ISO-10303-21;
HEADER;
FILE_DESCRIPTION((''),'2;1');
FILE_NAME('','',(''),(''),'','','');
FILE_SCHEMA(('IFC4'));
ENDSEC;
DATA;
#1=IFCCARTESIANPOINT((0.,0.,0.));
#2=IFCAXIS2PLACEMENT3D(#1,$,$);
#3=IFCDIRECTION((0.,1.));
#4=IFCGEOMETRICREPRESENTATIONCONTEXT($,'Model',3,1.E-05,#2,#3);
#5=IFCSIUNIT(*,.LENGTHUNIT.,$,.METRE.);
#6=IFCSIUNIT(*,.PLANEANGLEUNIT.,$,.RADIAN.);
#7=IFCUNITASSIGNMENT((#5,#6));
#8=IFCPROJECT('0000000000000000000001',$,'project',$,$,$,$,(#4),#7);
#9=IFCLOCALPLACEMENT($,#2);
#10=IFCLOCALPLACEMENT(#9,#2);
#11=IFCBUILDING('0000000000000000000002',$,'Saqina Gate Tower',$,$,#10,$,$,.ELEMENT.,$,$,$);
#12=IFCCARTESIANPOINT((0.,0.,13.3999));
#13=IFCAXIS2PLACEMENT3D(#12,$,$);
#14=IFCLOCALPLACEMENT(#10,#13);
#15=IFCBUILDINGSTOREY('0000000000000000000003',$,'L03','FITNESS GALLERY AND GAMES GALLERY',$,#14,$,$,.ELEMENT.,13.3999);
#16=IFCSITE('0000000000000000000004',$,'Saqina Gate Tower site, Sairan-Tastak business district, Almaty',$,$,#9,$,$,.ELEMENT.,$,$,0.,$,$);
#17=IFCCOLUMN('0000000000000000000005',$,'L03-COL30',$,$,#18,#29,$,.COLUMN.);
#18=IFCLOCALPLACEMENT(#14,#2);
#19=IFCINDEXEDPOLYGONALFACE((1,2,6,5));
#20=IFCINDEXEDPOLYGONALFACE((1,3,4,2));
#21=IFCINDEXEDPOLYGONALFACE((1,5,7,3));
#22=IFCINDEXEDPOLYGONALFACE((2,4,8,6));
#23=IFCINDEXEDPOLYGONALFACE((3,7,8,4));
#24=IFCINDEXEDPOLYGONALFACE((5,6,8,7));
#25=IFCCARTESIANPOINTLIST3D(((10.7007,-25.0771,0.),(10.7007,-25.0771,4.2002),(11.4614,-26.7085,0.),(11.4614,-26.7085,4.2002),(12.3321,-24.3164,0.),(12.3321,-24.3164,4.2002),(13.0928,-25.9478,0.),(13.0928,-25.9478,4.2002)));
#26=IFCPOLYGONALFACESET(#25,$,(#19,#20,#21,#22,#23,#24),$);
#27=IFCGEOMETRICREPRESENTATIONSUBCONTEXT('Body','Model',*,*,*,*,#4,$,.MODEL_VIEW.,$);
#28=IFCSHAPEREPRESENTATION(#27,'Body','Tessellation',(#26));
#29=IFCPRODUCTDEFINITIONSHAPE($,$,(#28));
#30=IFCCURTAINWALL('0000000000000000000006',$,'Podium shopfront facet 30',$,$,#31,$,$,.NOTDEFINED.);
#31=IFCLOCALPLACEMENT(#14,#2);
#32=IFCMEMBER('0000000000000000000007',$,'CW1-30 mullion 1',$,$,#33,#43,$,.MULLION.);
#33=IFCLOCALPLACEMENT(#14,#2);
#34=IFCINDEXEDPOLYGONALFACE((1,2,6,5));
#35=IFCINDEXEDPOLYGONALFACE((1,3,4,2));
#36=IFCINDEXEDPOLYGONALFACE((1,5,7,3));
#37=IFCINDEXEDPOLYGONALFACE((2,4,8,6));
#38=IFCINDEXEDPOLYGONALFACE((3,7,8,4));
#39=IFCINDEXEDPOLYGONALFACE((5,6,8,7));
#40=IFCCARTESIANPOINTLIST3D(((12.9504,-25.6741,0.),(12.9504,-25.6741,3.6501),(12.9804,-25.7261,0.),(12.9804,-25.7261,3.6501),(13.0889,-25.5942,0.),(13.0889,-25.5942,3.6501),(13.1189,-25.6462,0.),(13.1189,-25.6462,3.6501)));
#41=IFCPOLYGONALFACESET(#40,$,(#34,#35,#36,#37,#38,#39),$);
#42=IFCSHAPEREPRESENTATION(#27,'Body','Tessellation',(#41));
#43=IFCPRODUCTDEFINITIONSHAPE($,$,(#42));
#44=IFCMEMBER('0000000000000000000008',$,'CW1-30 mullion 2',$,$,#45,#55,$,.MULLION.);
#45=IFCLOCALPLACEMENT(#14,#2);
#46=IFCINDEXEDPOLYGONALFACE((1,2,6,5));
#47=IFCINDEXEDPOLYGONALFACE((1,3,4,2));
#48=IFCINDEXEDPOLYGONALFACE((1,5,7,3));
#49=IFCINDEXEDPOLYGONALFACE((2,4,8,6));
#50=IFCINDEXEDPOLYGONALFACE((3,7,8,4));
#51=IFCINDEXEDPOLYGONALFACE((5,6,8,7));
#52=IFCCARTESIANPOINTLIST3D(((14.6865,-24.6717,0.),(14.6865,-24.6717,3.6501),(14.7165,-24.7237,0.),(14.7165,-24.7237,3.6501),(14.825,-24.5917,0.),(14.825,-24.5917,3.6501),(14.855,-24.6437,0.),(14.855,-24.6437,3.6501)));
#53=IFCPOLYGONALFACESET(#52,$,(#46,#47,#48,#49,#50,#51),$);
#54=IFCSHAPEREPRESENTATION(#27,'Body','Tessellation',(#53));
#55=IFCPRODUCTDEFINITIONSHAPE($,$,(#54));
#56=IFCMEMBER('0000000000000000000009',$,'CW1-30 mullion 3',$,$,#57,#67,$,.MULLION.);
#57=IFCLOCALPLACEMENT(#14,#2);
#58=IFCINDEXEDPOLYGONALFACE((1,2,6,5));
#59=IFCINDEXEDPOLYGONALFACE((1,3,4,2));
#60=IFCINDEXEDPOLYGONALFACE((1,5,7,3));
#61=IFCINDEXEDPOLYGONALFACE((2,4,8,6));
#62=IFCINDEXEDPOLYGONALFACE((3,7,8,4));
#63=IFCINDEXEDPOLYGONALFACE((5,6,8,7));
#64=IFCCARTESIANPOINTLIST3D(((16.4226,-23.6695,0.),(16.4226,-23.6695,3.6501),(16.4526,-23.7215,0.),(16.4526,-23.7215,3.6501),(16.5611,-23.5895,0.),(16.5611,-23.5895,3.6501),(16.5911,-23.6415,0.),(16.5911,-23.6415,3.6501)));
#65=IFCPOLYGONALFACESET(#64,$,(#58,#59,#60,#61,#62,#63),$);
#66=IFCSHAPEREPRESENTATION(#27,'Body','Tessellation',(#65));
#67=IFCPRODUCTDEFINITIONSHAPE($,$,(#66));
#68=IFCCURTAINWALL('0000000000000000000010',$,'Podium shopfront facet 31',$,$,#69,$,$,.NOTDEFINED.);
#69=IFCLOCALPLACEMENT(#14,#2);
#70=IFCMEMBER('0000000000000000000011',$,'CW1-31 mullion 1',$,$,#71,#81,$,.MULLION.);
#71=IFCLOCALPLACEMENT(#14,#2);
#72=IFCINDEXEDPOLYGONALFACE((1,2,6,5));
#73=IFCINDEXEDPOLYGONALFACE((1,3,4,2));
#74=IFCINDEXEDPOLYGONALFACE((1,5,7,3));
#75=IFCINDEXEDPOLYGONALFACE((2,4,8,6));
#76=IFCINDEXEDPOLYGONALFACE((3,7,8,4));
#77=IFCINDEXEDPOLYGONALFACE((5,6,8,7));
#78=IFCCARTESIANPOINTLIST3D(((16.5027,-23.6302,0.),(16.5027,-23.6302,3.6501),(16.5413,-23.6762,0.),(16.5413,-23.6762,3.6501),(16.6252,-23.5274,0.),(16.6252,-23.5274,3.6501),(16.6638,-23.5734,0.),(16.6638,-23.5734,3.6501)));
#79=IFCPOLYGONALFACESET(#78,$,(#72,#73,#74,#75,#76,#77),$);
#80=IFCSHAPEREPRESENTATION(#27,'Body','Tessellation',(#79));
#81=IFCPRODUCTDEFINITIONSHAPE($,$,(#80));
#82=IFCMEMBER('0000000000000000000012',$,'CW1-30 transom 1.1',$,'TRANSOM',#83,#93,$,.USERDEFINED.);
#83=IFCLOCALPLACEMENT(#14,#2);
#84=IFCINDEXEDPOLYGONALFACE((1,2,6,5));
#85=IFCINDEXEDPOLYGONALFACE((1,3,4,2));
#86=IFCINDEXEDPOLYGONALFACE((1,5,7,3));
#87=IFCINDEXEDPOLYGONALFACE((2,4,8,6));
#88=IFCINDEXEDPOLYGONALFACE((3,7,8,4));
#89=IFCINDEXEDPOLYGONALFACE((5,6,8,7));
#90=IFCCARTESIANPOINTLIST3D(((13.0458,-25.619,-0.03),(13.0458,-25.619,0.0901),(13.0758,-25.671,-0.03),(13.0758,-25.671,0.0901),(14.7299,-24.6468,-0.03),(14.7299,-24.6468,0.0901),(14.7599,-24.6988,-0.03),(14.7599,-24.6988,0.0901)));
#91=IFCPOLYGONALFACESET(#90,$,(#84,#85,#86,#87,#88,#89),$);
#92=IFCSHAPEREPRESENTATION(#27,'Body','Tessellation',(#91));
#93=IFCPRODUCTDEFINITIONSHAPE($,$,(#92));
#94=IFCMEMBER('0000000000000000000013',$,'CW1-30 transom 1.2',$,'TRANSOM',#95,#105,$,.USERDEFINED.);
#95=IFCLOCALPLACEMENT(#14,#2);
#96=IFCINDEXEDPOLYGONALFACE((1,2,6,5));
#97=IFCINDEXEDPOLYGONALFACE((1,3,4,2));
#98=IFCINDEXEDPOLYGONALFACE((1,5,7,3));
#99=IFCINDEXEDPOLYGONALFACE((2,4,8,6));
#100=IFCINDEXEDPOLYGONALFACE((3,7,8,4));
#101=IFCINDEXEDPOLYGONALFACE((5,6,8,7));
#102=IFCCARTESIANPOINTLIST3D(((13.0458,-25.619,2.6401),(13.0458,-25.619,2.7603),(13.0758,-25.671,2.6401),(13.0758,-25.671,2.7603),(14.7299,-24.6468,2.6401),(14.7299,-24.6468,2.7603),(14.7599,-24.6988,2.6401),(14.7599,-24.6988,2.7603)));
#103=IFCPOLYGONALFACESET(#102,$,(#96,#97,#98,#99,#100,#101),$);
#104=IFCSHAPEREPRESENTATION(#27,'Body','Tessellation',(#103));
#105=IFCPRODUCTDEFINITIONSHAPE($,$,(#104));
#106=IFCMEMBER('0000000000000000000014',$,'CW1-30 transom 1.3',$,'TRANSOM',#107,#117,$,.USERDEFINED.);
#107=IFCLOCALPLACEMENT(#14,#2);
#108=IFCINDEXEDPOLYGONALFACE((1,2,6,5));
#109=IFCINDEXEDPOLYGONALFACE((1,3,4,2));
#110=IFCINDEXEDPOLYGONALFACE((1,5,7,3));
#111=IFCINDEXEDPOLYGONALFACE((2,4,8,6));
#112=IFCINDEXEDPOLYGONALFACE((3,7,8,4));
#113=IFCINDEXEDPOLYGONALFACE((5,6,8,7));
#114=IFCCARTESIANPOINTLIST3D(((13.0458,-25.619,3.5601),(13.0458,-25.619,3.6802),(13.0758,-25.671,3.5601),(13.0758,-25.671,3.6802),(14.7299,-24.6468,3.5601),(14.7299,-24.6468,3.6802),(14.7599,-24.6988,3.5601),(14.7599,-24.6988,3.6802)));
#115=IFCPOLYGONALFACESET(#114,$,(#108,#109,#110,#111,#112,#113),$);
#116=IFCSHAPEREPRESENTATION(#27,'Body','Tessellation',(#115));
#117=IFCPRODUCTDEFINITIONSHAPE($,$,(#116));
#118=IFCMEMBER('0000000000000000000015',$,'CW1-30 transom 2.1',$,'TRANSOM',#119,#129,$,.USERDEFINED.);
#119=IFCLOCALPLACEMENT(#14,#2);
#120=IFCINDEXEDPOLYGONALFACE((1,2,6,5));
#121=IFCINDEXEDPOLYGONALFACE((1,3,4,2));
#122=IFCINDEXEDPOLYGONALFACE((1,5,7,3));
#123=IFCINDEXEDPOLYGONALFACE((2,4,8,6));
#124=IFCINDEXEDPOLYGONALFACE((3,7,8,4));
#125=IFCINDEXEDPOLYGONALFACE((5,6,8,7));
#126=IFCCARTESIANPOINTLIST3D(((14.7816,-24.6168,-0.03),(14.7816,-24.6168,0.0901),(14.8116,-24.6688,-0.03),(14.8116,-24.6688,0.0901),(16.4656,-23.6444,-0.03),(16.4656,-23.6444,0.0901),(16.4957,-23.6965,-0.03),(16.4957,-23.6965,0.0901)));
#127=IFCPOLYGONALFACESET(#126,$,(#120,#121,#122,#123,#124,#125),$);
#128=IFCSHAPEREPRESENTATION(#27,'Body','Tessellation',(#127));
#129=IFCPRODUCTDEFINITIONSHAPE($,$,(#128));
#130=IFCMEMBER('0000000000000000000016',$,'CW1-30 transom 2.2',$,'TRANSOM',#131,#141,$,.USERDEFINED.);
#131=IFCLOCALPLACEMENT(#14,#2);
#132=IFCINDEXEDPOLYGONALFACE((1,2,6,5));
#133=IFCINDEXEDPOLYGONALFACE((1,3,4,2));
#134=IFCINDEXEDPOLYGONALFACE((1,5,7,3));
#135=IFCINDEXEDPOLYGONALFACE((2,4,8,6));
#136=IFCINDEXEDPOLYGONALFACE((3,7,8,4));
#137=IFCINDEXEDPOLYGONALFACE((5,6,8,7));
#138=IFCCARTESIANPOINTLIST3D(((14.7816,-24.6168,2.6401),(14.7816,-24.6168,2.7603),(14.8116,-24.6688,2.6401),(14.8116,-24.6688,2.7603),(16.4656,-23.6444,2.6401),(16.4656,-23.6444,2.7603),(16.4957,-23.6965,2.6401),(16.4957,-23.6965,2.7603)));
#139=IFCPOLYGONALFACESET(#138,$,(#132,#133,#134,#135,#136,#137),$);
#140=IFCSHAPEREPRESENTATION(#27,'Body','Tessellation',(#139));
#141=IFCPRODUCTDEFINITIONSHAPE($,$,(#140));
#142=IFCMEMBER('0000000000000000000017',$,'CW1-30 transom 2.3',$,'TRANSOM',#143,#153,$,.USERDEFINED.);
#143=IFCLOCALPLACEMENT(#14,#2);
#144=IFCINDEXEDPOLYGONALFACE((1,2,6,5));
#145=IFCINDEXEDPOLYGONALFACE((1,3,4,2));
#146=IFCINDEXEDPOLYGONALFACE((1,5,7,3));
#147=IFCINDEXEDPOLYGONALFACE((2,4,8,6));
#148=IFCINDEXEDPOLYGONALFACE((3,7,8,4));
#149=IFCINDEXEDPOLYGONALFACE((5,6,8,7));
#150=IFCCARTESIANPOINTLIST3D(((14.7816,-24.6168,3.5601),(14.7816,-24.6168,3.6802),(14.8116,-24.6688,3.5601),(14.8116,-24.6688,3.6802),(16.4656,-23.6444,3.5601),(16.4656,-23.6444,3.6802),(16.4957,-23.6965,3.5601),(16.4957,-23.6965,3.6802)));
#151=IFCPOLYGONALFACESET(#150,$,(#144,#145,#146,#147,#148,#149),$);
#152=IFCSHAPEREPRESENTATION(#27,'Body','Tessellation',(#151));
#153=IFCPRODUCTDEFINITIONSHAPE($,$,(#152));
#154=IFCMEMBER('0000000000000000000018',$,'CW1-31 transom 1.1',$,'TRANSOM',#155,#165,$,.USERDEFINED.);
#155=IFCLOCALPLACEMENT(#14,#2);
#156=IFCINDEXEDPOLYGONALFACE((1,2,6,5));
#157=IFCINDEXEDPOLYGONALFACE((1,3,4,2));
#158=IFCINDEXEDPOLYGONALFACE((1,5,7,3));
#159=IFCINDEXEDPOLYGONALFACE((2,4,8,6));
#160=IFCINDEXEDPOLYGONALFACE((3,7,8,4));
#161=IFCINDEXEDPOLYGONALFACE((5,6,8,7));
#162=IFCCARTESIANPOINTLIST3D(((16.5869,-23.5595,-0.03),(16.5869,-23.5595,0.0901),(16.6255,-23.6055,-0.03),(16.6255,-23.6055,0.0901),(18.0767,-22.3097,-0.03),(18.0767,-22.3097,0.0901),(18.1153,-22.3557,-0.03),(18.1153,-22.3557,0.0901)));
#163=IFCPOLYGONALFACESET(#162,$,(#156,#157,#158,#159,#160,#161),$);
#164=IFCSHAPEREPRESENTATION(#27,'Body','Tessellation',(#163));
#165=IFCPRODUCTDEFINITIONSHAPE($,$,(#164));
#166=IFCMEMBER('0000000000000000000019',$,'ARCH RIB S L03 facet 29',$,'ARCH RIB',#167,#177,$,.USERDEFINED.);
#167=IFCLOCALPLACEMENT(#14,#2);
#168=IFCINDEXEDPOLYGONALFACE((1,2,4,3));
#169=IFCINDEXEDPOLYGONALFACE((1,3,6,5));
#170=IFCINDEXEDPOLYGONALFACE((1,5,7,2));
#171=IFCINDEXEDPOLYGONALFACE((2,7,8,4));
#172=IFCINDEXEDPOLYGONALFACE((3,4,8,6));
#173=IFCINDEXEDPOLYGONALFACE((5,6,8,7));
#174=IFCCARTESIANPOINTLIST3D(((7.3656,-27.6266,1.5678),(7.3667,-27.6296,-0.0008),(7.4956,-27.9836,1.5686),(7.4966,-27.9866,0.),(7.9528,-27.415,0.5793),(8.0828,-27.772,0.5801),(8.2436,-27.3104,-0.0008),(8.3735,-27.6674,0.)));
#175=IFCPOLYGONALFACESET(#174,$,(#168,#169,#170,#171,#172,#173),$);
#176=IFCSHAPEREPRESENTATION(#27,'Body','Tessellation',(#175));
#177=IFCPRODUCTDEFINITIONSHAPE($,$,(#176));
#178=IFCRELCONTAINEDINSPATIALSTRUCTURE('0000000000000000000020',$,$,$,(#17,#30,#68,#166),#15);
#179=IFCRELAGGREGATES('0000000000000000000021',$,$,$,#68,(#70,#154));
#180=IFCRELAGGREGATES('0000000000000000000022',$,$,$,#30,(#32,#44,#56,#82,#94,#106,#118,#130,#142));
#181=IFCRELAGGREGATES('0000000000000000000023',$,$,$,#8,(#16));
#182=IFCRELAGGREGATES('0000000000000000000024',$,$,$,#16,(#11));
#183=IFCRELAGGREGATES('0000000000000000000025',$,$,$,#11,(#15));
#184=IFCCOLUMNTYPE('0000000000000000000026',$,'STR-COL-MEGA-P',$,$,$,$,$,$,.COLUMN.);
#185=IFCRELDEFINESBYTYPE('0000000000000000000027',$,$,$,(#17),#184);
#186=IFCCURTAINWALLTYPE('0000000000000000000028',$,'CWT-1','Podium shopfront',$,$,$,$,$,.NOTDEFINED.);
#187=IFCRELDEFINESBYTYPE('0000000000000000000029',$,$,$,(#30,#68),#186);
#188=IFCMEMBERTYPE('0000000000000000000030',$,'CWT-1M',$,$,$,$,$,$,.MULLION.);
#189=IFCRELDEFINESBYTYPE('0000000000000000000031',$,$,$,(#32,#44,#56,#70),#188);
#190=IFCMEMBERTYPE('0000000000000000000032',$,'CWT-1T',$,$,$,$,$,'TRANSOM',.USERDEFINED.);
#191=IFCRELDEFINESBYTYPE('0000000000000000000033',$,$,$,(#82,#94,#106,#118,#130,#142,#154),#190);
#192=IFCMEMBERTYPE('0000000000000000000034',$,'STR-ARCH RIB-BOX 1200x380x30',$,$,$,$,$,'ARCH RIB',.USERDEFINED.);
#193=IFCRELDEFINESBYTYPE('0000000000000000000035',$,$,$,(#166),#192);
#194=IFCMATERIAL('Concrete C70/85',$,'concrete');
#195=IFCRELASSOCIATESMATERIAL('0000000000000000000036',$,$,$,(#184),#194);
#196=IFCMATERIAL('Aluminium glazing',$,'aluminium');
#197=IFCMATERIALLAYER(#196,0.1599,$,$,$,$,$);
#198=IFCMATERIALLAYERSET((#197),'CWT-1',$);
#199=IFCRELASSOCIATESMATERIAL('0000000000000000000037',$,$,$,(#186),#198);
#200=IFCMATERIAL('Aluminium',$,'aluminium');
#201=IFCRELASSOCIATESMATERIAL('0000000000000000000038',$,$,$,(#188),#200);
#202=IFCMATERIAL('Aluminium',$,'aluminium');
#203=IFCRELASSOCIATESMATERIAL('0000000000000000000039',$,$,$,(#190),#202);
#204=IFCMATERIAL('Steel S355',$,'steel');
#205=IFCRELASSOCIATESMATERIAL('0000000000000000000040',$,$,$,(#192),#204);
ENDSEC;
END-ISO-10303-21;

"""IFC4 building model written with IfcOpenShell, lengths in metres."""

from ifc_helpers import new_model, si_unit, direction, frame, origin, origin_2d, place, context, subcontext, project, spatial, polyline, rectangle, hollow_rectangle, outline, extrude, material, layer, layer_set, material_profile, profile_set, type_object, element, aggregate, save


model = new_model("IFC4")

# Units and contexts
model_context = context("Model", 3, precision=1e-05, world=origin(), true_north=direction((0.0, 1.0)))
body_context = subcontext(model_context, "Body", "Model", "MODEL_VIEW")
ifc_project = project(units=[si_unit("LENGTHUNIT", "METRE"), si_unit("PLANEANGLEUNIT", "RADIAN")], contexts=[model_context])

# Site, building, storey
site_placement = place(None, origin())
site = spatial("IfcSite", under=ifc_project, at=site_placement, Name="Saqina Gate Tower site, Sairan-Tastak business district, Almaty", CompositionType="ELEMENT", RefElevation=0.0)
building_placement = place(site_placement, origin())
building = spatial("IfcBuilding", under=site, at=building_placement, Name="Saqina Gate Tower", CompositionType="ELEMENT")
storey_placement = place(building_placement, frame((0.0, 0.0, 13.3999)))
storey = spatial("IfcBuildingStorey", under=building, at=storey_placement, Name="L03", Description="FITNESS GALLERY AND GAMES GALLERY", CompositionType="ELEMENT", Elevation=13.3999)

# Column
ifc_material_1 = material(Name="Concrete C70/85", Category="concrete")
ifc_material_profile_1 = material_profile(ifc_material_1, rectangle(XDim=1.8, YDim=1.8, at=origin_2d()), Name="RC 1800x1800")
ifc_profile_set_1 = profile_set([ifc_material_profile_1], Name="Concrete C70/85")
column_type = type_object("IfcColumnType", Name="STR-COL-MEGA-P", PredefinedType="COLUMN", material=ifc_profile_set_1)
column_placement = place(storey_placement, frame((11.8967, -25.5125, 0.0), z_axis=(0.0, 0.0, 1.0), x_axis=(0.422618, -0.906308, 0.0)))
element("IfcColumn", 1, at=column_placement, inside=storey, type_object=column_type, Name="L03-COL30", PredefinedType="COLUMN", context=body_context, shape_type="SweptSolid", body=[
    extrude(rectangle(XDim=1.8, YDim=1.8, at=origin_2d()), origin(), (0.0, 0.0, 1.0), 4.2002),
])

# Curtain wall, members
ifc_material_2 = material(Name="Aluminium glazing", Category="aluminium")
ifc_layer_1 = layer(ifc_material_2, 0.1599)
ifc_layer_set_1 = layer_set([ifc_layer_1], Name="CWT-1")
curtain_wall_type = type_object("IfcCurtainWallType", Name="CWT-1", Description="Podium shopfront", PredefinedType="NOTDEFINED", material=ifc_layer_set_1)
curtain_wall_1_placement = place(storey_placement, origin())
curtain_wall_1 = element("IfcCurtainWall", 2, at=curtain_wall_1_placement, inside=storey, type_object=curtain_wall_type, Name="Podium shopfront facet 30", PredefinedType="NOTDEFINED")
ifc_material_3 = material(Name="Aluminium", Category="aluminium")
ifc_material_profile_2 = material_profile(ifc_material_3, rectangle(XDim=0.0601, YDim=0.1599, at=origin_2d()), Name="Aluminium 60x160")
ifc_profile_set_2 = profile_set([ifc_material_profile_2], Name="Aluminium")
member_type_1 = type_object("IfcMemberType", Name="CWT-1M", PredefinedType="MULLION", material=ifc_profile_set_2)
member_1_placement = place(storey_placement, frame((13.0347, -25.6602, 0.0), z_axis=(0.0, 0.0, 1.0), x_axis=(-0.500014, 0.866017, 0.0)))
member_1 = element("IfcMember", 3, at=member_1_placement, type_object=member_type_1, Name="CW1-30 mullion 1", PredefinedType="MULLION", context=body_context, shape_type="SweptSolid", body=[
    extrude(rectangle(XDim=0.0601, YDim=0.1599, at=origin_2d()), origin(), (0.0, 0.0, 1.0), 3.6501),
])
member_2_placement = place(storey_placement, frame((14.7708, -24.6577, 0.0), z_axis=(0.0, 0.0, 1.0), x_axis=(-0.500014, 0.866017, 0.0)))
member_2 = element("IfcMember", 4, at=member_2_placement, type_object=member_type_1, Name="CW1-30 mullion 2", PredefinedType="MULLION", context=body_context, shape_type="SweptSolid", body=[
    extrude(rectangle(XDim=0.0601, YDim=0.1599, at=origin_2d()), origin(), (0.0, 0.0, 1.0), 3.6501),
])
member_3_placement = place(storey_placement, frame((16.5068, -23.6555, 0.0), z_axis=(0.0, 0.0, 1.0), x_axis=(-0.500014, 0.866017, 0.0)))
member_3 = element("IfcMember", 5, at=member_3_placement, type_object=member_type_1, Name="CW1-30 mullion 3", PredefinedType="MULLION", context=body_context, shape_type="SweptSolid", body=[
    extrude(rectangle(XDim=0.0601, YDim=0.1599, at=origin_2d()), origin(), (0.0, 0.0, 1.0), 3.6501),
])

# Curtain wall, member
curtain_wall_2_placement = place(storey_placement, origin())
curtain_wall_2 = element("IfcCurtainWall", 6, at=curtain_wall_2_placement, inside=storey, type_object=curtain_wall_type, Name="Podium shopfront facet 31", PredefinedType="NOTDEFINED")
member_4_placement = place(storey_placement, frame((16.5833, -23.6018, 0.0), z_axis=(0.0, 0.0, 1.0), x_axis=(-0.642779, 0.766051, 0.0)))
member_4 = element("IfcMember", 7, at=member_4_placement, type_object=member_type_1, Name="CW1-31 mullion 1", PredefinedType="MULLION", context=body_context, shape_type="SweptSolid", body=[
    extrude(rectangle(XDim=0.0601, YDim=0.1599, at=origin_2d()), origin(), (0.0, 0.0, 1.0), 3.6501),
])

# Members
ifc_material_4 = material(Name="Aluminium", Category="aluminium")
ifc_material_profile_3 = material_profile(ifc_material_4, rectangle(XDim=0.0601, YDim=0.1201, at=origin_2d()), Name="Aluminium 60x120")
ifc_profile_set_3 = profile_set([ifc_material_profile_3], Name="Aluminium")
member_type_2 = type_object("IfcMemberType", Name="CWT-1T", ElementType="TRANSOM", PredefinedType="USERDEFINED", material=ifc_profile_set_3)
member_5_placement = place(storey_placement, frame((13.0608, -25.645, 0.03), z_axis=(0.866056, 0.499947, 0.0), x_axis=(-0.499947, 0.866056, 0.0)))
member_5 = element("IfcMember", 8, at=member_5_placement, type_object=member_type_2, Name="CW1-30 transom 1.1", ObjectType="TRANSOM", PredefinedType="USERDEFINED", context=body_context, shape_type="SweptSolid", body=[
    extrude(rectangle(XDim=0.0601, YDim=0.1201, at=origin_2d()), origin(), (0.0, 0.0, 1.0), 1.9446),
])
member_6_placement = place(storey_placement, frame((13.0608, -25.645, 2.7002), z_axis=(0.866056, 0.499947, 0.0), x_axis=(-0.499947, 0.866056, 0.0)))
member_6 = element("IfcMember", 9, at=member_6_placement, type_object=member_type_2, Name="CW1-30 transom 1.2", ObjectType="TRANSOM", PredefinedType="USERDEFINED", context=body_context, shape_type="SweptSolid", body=[
    extrude(rectangle(XDim=0.0601, YDim=0.1201, at=origin_2d()), origin(), (0.0, 0.0, 1.0), 1.9446),
])
member_7_placement = place(storey_placement, frame((13.0608, -25.645, 3.6201), z_axis=(0.866056, 0.499947, 0.0), x_axis=(-0.499947, 0.866056, 0.0)))
member_7 = element("IfcMember", 10, at=member_7_placement, type_object=member_type_2, Name="CW1-30 transom 1.3", ObjectType="TRANSOM", PredefinedType="USERDEFINED", context=body_context, shape_type="SweptSolid", body=[
    extrude(rectangle(XDim=0.0601, YDim=0.1201, at=origin_2d()), origin(), (0.0, 0.0, 1.0), 1.9446),
])
member_8_placement = place(storey_placement, frame((14.7966, -24.6428, 0.03), z_axis=(0.866002, 0.500041, 0.0), x_axis=(-0.500041, 0.866002, 0.0)))
member_8 = element("IfcMember", 11, at=member_8_placement, type_object=member_type_2, Name="CW1-30 transom 2.1", ObjectType="TRANSOM", PredefinedType="USERDEFINED", context=body_context, shape_type="SweptSolid", body=[
    extrude(rectangle(XDim=0.0601, YDim=0.1201, at=origin_2d()), origin(), (0.0, 0.0, 1.0), 1.9446),
])
member_9_placement = place(storey_placement, frame((14.7966, -24.6428, 2.7002), z_axis=(0.866002, 0.500041, 0.0), x_axis=(-0.500041, 0.866002, 0.0)))
member_9 = element("IfcMember", 12, at=member_9_placement, type_object=member_type_2, Name="CW1-30 transom 2.2", ObjectType="TRANSOM", PredefinedType="USERDEFINED", context=body_context, shape_type="SweptSolid", body=[
    extrude(rectangle(XDim=0.0601, YDim=0.1201, at=origin_2d()), origin(), (0.0, 0.0, 1.0), 1.9446),
])
member_10_placement = place(storey_placement, frame((14.7966, -24.6428, 3.6201), z_axis=(0.866002, 0.500041, 0.0), x_axis=(-0.500041, 0.866002, 0.0)))
member_10 = element("IfcMember", 13, at=member_10_placement, type_object=member_type_2, Name="CW1-30 transom 2.3", ObjectType="TRANSOM", PredefinedType="USERDEFINED", context=body_context, shape_type="SweptSolid", body=[
    extrude(rectangle(XDim=0.0601, YDim=0.1201, at=origin_2d()), origin(), (0.0, 0.0, 1.0), 1.9446),
])
member_11_placement = place(storey_placement, frame((16.6062, -23.5825, 0.03), z_axis=(0.766118, 0.6427, 0.0), x_axis=(-0.6427, 0.766118, 0.0)))
member_11 = element("IfcMember", 14, at=member_11_placement, type_object=member_type_2, Name="CW1-31 transom 1.1", ObjectType="TRANSOM", PredefinedType="USERDEFINED", context=body_context, shape_type="SweptSolid", body=[
    extrude(rectangle(XDim=0.0601, YDim=0.1201, at=origin_2d()), origin(), (0.0, 0.0, 1.0), 1.9446),
])
aggregate(curtain_wall_2, [member_4, member_11])

# Member
ifc_material_5 = material(Name="Steel S355", Category="steel")
ifc_material_profile_4 = material_profile(ifc_material_5, hollow_rectangle(XDim=1.2, YDim=0.3799, WallThickness=0.03, at=origin_2d()), Name="BOX 1200x380x30")
ifc_profile_set_4 = profile_set([ifc_material_profile_4], Name="Steel S355")
member_type_3 = type_object("IfcMemberType", Name="STR-ARCH RIB-BOX 1200x380x30", ElementType="ARCH RIB", PredefinedType="USERDEFINED", material=ifc_profile_set_4)
member_12_placement = place(storey_placement, frame((7.4966, -27.9866, 0.0), z_axis=(0.342017, -0.939691, 0.002022), x_axis=(-0.000641, 0.001919, 0.999998)))
element("IfcMember", 15, at=member_12_placement, inside=storey, type_object=member_type_3, Name="ARCH RIB S L03 facet 29", ObjectType="ARCH RIB", PredefinedType="USERDEFINED", context=body_context, shape_type="SweptSolid", body=[
    extrude(outline(polyline([(0.0, 0.0), (1.5686, 0.0), (0.5801, -0.6242), (0.0001, -0.9332), (0.0, 0.0)])), origin(), (0.0, 0.0, -1.0), 0.3799),
])

aggregate(curtain_wall_1, [member_1, member_2, member_3, member_5, member_6, member_7, member_8, member_9, member_10])

save(model, "model.ifc")
